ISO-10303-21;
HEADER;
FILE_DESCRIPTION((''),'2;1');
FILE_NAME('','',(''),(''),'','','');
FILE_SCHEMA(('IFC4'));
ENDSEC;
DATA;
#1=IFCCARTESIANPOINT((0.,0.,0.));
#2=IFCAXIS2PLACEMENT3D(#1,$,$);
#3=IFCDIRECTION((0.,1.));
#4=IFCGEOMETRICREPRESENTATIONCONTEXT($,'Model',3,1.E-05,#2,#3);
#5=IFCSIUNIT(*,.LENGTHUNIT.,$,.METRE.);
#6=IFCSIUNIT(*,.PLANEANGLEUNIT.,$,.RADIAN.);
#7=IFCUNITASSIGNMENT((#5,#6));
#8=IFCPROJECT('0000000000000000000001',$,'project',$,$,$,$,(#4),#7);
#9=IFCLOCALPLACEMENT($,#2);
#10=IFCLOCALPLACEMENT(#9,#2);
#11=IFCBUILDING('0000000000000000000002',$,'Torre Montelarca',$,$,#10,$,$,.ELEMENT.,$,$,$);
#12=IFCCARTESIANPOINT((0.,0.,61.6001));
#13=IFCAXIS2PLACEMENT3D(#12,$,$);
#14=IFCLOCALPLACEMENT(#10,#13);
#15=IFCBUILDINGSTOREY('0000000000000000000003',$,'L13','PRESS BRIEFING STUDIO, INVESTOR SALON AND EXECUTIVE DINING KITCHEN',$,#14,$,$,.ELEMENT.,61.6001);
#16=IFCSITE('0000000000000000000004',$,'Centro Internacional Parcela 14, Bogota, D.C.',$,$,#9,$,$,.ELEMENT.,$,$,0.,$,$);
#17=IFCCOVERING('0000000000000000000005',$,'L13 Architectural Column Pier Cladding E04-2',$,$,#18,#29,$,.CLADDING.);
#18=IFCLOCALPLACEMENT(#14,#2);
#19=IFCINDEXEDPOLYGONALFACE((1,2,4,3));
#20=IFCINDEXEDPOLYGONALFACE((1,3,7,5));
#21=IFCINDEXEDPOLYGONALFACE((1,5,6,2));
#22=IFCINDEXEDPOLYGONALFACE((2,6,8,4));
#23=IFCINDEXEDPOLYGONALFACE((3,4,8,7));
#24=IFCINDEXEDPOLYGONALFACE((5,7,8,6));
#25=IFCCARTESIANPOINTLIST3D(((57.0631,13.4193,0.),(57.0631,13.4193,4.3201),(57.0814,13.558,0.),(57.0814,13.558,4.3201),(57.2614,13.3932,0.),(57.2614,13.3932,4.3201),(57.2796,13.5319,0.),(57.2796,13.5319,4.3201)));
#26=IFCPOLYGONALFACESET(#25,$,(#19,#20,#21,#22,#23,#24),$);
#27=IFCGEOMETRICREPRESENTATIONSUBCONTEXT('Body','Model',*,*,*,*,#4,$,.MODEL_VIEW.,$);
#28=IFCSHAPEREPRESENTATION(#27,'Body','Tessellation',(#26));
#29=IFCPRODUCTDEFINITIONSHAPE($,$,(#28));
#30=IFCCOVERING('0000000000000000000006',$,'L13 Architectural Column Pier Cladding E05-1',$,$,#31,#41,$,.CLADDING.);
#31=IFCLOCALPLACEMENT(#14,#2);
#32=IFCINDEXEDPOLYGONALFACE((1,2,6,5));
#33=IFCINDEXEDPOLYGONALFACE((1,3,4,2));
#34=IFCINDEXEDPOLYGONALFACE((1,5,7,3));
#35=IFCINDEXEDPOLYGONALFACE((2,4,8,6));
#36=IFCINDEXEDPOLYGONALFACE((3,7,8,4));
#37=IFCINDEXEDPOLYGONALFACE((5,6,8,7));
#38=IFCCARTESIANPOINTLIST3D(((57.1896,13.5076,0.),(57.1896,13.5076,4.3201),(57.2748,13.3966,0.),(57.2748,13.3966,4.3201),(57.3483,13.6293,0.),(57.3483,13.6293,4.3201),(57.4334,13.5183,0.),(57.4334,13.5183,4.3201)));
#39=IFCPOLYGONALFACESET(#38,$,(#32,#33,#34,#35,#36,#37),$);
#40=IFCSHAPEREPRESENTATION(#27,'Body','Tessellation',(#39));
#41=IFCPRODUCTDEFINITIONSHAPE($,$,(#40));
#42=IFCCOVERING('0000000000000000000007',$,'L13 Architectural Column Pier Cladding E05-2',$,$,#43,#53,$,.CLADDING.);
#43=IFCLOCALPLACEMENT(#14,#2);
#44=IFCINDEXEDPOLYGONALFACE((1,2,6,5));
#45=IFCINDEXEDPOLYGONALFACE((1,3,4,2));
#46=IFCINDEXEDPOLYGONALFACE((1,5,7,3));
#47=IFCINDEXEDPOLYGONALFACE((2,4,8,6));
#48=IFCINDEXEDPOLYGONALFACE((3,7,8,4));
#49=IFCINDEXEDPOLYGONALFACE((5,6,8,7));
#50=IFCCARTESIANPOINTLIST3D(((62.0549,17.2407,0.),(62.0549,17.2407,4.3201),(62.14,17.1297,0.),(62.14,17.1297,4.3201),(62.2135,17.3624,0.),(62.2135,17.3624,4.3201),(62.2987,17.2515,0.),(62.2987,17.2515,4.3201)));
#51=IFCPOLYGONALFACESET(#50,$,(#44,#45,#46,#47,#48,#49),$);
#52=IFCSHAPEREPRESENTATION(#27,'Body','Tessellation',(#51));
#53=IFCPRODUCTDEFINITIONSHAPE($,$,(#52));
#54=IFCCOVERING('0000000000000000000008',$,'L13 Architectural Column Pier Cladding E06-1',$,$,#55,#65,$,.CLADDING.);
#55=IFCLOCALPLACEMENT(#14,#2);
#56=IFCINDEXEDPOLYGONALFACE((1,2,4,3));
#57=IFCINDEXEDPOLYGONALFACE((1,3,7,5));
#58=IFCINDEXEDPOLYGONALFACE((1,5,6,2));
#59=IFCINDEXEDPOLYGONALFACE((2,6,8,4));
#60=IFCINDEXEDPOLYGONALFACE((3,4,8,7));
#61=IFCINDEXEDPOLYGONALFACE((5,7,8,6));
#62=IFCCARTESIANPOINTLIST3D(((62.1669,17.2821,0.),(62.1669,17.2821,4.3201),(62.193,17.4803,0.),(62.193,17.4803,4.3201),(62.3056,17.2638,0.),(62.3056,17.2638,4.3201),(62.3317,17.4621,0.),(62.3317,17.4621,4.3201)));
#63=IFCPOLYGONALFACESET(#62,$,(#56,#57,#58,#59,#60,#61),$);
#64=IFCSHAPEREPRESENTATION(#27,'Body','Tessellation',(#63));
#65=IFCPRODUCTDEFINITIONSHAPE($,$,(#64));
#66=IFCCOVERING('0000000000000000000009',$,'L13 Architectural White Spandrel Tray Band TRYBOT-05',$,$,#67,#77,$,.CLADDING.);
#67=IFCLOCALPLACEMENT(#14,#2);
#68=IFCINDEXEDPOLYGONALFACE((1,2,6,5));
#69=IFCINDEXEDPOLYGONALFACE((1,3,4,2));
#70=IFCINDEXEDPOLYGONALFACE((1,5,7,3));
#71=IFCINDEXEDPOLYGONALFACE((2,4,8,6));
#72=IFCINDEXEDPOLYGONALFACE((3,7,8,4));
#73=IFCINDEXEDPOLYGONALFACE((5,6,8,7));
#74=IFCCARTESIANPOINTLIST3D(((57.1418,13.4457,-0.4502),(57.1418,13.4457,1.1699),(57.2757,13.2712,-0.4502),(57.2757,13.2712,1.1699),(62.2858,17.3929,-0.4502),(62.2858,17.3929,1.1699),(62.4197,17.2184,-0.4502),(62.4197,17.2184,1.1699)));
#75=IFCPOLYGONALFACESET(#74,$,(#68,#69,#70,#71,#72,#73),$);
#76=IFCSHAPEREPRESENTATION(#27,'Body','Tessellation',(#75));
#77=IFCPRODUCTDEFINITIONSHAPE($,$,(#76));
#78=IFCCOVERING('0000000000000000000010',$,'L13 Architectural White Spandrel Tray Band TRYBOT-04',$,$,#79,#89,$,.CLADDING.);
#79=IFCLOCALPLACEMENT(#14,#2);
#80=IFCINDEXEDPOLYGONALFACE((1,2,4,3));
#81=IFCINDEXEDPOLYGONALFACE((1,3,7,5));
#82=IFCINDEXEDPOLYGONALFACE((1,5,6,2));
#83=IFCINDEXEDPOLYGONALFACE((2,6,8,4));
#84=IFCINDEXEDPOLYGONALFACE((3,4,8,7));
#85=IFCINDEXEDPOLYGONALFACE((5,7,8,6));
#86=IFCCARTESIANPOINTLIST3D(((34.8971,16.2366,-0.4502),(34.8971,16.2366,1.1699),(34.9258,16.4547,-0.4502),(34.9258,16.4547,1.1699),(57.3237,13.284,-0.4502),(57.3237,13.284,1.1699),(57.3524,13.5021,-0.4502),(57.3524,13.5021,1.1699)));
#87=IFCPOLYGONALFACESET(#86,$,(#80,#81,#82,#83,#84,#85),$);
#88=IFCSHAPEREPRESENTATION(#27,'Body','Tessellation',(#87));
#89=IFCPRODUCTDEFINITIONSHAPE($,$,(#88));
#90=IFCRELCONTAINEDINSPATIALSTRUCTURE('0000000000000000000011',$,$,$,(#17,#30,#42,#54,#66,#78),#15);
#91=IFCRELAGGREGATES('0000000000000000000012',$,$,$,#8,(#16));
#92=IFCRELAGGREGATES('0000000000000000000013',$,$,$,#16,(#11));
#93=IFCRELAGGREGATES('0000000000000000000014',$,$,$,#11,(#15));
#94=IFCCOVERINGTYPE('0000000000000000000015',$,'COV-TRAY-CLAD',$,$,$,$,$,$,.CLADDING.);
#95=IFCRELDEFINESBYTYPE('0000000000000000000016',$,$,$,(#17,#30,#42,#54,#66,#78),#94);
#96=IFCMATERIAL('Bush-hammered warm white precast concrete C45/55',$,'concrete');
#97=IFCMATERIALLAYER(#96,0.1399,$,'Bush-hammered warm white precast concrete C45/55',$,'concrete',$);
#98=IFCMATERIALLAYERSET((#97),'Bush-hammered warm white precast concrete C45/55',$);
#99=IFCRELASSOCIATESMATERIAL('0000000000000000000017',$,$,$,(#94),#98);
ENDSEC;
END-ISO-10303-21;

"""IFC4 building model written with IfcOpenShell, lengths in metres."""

from ifc_helpers import new_model, si_unit, direction, frame, origin, origin_2d, place, context, subcontext, project, spatial, rectangle, extrude, source, transform, mapped, material, layer, layer_set, type_object, element, save


model = new_model("IFC4")

# Units and contexts
model_context = context("Model", 3, precision=1e-05, world=origin(), true_north=direction((0.0, 1.0)))
body_context = subcontext(model_context, "Body", "Model", "MODEL_VIEW")
ifc_project = project(units=[si_unit("LENGTHUNIT", "METRE"), si_unit("PLANEANGLEUNIT", "RADIAN")], contexts=[model_context])

# Site, building, storey
site_placement = place(None, origin())
site = spatial("IfcSite", under=ifc_project, at=site_placement, Name="Centro Internacional Parcela 14, Bogota, D.C.", CompositionType="ELEMENT", RefElevation=0.0)
building_placement = place(site_placement, origin())
building = spatial("IfcBuilding", under=site, at=building_placement, Name="Torre Montelarca", CompositionType="ELEMENT")
storey_placement = place(building_placement, frame((0.0, 0.0, 61.6001)))
storey = spatial("IfcBuildingStorey", under=building, at=storey_placement, Name="L13", Description="PRESS BRIEFING STUDIO, INVESTOR SALON AND EXECUTIVE DINING KITCHEN", CompositionType="ELEMENT", Elevation=61.6001)

# Coverings
ifc_material_1 = material(Name="Bush-hammered warm white precast concrete C45/55", Category="concrete")
ifc_layer_1 = layer(ifc_material_1, 0.1399, Name="Bush-hammered warm white precast concrete C45/55", Category="concrete")
ifc_layer_set_1 = layer_set([ifc_layer_1], Name="Bush-hammered warm white precast concrete C45/55")
covering_type = type_object("IfcCoveringType", Name="COV-TRAY-CLAD", PredefinedType="CLADDING", material=ifc_layer_set_1)
shared_shape_1 = source(origin(), body_context, "Body", "SweptSolid", [
    extrude(rectangle(XDim=0.2, YDim=0.1399, at=origin_2d()), origin(), (0.0, 0.0, 1.0), 4.3201),
])
for number, where, z_axis, x_axis, name in (
    (1, (57.1714, 13.4756, 0.0), (0.0, 0.0, 1.0), (0.991445, -0.130526, 0.0), "L13 Architectural Column Pier Cladding E04-2"),
    (2, (57.3115, 13.5129, 0.0), (0.0, 0.0, 1.0), (0.793344, 0.608774, 0.0), "L13 Architectural Column Pier Cladding E05-1"),
    (3, (62.1768, 17.2461, 0.0), (0.0, 0.0, 1.0), (0.793344, 0.608774, 0.0), "L13 Architectural Column Pier Cladding E05-2"),
    (4, (62.2493, 17.3721, 0.0), (0.0, 0.0, 1.0), (0.130524, 0.991445, 0.0), "L13 Architectural Column Pier Cladding E06-1"),
):
    element("IfcCovering", number, at=place(storey_placement, frame(where, z_axis=z_axis, x_axis=x_axis)), inside=storey, type_object=covering_type, Name=name, PredefinedType="CLADDING", context=body_context, shape_type="MappedRepresentation", body=[
        mapped(shared_shape_1, transform((0.0, 0.0, 0.0), scale=1.0)),
    ])
shared_shape_2 = source(origin(), body_context, "Body", "SweptSolid", [
    extrude(rectangle(XDim=6.4839, YDim=0.22, at=origin_2d()), origin(), (0.0, 0.0, 1.0), 1.6201),
])
covering_1_placement = place(storey_placement, frame((59.7808, 15.332, -0.4502), z_axis=(0.0, 0.0, 1.0), x_axis=(0.79335, 0.608766, 0.0)))
element("IfcCovering", 5, at=covering_1_placement, inside=storey, type_object=covering_type, Name="L13 Architectural White Spandrel Tray Band TRYBOT-05", PredefinedType="CLADDING", context=body_context, shape_type="MappedRepresentation", body=[
    mapped(shared_shape_2, transform((0.0, 0.0, 0.0), scale=1.0)),
])
shared_shape_3 = source(origin(), body_context, "Body", "SweptSolid", [
    extrude(rectangle(XDim=22.6201, YDim=0.22, at=origin_2d()), origin(), (0.0, 0.0, 1.0), 1.6201),
])
covering_2_placement = place(storey_placement, frame((46.1248, 14.8694, -0.4502), z_axis=(0.0, 0.0, 1.0), x_axis=(0.991444, -0.13053, 0.0)))
element("IfcCovering", 6, at=covering_2_placement, inside=storey, type_object=covering_type, Name="L13 Architectural White Spandrel Tray Band TRYBOT-04", PredefinedType="CLADDING", context=body_context, shape_type="MappedRepresentation", body=[
    mapped(shared_shape_3, transform((0.0, 0.0, 0.0), scale=1.0)),
])

save(model, "model.ifc")
